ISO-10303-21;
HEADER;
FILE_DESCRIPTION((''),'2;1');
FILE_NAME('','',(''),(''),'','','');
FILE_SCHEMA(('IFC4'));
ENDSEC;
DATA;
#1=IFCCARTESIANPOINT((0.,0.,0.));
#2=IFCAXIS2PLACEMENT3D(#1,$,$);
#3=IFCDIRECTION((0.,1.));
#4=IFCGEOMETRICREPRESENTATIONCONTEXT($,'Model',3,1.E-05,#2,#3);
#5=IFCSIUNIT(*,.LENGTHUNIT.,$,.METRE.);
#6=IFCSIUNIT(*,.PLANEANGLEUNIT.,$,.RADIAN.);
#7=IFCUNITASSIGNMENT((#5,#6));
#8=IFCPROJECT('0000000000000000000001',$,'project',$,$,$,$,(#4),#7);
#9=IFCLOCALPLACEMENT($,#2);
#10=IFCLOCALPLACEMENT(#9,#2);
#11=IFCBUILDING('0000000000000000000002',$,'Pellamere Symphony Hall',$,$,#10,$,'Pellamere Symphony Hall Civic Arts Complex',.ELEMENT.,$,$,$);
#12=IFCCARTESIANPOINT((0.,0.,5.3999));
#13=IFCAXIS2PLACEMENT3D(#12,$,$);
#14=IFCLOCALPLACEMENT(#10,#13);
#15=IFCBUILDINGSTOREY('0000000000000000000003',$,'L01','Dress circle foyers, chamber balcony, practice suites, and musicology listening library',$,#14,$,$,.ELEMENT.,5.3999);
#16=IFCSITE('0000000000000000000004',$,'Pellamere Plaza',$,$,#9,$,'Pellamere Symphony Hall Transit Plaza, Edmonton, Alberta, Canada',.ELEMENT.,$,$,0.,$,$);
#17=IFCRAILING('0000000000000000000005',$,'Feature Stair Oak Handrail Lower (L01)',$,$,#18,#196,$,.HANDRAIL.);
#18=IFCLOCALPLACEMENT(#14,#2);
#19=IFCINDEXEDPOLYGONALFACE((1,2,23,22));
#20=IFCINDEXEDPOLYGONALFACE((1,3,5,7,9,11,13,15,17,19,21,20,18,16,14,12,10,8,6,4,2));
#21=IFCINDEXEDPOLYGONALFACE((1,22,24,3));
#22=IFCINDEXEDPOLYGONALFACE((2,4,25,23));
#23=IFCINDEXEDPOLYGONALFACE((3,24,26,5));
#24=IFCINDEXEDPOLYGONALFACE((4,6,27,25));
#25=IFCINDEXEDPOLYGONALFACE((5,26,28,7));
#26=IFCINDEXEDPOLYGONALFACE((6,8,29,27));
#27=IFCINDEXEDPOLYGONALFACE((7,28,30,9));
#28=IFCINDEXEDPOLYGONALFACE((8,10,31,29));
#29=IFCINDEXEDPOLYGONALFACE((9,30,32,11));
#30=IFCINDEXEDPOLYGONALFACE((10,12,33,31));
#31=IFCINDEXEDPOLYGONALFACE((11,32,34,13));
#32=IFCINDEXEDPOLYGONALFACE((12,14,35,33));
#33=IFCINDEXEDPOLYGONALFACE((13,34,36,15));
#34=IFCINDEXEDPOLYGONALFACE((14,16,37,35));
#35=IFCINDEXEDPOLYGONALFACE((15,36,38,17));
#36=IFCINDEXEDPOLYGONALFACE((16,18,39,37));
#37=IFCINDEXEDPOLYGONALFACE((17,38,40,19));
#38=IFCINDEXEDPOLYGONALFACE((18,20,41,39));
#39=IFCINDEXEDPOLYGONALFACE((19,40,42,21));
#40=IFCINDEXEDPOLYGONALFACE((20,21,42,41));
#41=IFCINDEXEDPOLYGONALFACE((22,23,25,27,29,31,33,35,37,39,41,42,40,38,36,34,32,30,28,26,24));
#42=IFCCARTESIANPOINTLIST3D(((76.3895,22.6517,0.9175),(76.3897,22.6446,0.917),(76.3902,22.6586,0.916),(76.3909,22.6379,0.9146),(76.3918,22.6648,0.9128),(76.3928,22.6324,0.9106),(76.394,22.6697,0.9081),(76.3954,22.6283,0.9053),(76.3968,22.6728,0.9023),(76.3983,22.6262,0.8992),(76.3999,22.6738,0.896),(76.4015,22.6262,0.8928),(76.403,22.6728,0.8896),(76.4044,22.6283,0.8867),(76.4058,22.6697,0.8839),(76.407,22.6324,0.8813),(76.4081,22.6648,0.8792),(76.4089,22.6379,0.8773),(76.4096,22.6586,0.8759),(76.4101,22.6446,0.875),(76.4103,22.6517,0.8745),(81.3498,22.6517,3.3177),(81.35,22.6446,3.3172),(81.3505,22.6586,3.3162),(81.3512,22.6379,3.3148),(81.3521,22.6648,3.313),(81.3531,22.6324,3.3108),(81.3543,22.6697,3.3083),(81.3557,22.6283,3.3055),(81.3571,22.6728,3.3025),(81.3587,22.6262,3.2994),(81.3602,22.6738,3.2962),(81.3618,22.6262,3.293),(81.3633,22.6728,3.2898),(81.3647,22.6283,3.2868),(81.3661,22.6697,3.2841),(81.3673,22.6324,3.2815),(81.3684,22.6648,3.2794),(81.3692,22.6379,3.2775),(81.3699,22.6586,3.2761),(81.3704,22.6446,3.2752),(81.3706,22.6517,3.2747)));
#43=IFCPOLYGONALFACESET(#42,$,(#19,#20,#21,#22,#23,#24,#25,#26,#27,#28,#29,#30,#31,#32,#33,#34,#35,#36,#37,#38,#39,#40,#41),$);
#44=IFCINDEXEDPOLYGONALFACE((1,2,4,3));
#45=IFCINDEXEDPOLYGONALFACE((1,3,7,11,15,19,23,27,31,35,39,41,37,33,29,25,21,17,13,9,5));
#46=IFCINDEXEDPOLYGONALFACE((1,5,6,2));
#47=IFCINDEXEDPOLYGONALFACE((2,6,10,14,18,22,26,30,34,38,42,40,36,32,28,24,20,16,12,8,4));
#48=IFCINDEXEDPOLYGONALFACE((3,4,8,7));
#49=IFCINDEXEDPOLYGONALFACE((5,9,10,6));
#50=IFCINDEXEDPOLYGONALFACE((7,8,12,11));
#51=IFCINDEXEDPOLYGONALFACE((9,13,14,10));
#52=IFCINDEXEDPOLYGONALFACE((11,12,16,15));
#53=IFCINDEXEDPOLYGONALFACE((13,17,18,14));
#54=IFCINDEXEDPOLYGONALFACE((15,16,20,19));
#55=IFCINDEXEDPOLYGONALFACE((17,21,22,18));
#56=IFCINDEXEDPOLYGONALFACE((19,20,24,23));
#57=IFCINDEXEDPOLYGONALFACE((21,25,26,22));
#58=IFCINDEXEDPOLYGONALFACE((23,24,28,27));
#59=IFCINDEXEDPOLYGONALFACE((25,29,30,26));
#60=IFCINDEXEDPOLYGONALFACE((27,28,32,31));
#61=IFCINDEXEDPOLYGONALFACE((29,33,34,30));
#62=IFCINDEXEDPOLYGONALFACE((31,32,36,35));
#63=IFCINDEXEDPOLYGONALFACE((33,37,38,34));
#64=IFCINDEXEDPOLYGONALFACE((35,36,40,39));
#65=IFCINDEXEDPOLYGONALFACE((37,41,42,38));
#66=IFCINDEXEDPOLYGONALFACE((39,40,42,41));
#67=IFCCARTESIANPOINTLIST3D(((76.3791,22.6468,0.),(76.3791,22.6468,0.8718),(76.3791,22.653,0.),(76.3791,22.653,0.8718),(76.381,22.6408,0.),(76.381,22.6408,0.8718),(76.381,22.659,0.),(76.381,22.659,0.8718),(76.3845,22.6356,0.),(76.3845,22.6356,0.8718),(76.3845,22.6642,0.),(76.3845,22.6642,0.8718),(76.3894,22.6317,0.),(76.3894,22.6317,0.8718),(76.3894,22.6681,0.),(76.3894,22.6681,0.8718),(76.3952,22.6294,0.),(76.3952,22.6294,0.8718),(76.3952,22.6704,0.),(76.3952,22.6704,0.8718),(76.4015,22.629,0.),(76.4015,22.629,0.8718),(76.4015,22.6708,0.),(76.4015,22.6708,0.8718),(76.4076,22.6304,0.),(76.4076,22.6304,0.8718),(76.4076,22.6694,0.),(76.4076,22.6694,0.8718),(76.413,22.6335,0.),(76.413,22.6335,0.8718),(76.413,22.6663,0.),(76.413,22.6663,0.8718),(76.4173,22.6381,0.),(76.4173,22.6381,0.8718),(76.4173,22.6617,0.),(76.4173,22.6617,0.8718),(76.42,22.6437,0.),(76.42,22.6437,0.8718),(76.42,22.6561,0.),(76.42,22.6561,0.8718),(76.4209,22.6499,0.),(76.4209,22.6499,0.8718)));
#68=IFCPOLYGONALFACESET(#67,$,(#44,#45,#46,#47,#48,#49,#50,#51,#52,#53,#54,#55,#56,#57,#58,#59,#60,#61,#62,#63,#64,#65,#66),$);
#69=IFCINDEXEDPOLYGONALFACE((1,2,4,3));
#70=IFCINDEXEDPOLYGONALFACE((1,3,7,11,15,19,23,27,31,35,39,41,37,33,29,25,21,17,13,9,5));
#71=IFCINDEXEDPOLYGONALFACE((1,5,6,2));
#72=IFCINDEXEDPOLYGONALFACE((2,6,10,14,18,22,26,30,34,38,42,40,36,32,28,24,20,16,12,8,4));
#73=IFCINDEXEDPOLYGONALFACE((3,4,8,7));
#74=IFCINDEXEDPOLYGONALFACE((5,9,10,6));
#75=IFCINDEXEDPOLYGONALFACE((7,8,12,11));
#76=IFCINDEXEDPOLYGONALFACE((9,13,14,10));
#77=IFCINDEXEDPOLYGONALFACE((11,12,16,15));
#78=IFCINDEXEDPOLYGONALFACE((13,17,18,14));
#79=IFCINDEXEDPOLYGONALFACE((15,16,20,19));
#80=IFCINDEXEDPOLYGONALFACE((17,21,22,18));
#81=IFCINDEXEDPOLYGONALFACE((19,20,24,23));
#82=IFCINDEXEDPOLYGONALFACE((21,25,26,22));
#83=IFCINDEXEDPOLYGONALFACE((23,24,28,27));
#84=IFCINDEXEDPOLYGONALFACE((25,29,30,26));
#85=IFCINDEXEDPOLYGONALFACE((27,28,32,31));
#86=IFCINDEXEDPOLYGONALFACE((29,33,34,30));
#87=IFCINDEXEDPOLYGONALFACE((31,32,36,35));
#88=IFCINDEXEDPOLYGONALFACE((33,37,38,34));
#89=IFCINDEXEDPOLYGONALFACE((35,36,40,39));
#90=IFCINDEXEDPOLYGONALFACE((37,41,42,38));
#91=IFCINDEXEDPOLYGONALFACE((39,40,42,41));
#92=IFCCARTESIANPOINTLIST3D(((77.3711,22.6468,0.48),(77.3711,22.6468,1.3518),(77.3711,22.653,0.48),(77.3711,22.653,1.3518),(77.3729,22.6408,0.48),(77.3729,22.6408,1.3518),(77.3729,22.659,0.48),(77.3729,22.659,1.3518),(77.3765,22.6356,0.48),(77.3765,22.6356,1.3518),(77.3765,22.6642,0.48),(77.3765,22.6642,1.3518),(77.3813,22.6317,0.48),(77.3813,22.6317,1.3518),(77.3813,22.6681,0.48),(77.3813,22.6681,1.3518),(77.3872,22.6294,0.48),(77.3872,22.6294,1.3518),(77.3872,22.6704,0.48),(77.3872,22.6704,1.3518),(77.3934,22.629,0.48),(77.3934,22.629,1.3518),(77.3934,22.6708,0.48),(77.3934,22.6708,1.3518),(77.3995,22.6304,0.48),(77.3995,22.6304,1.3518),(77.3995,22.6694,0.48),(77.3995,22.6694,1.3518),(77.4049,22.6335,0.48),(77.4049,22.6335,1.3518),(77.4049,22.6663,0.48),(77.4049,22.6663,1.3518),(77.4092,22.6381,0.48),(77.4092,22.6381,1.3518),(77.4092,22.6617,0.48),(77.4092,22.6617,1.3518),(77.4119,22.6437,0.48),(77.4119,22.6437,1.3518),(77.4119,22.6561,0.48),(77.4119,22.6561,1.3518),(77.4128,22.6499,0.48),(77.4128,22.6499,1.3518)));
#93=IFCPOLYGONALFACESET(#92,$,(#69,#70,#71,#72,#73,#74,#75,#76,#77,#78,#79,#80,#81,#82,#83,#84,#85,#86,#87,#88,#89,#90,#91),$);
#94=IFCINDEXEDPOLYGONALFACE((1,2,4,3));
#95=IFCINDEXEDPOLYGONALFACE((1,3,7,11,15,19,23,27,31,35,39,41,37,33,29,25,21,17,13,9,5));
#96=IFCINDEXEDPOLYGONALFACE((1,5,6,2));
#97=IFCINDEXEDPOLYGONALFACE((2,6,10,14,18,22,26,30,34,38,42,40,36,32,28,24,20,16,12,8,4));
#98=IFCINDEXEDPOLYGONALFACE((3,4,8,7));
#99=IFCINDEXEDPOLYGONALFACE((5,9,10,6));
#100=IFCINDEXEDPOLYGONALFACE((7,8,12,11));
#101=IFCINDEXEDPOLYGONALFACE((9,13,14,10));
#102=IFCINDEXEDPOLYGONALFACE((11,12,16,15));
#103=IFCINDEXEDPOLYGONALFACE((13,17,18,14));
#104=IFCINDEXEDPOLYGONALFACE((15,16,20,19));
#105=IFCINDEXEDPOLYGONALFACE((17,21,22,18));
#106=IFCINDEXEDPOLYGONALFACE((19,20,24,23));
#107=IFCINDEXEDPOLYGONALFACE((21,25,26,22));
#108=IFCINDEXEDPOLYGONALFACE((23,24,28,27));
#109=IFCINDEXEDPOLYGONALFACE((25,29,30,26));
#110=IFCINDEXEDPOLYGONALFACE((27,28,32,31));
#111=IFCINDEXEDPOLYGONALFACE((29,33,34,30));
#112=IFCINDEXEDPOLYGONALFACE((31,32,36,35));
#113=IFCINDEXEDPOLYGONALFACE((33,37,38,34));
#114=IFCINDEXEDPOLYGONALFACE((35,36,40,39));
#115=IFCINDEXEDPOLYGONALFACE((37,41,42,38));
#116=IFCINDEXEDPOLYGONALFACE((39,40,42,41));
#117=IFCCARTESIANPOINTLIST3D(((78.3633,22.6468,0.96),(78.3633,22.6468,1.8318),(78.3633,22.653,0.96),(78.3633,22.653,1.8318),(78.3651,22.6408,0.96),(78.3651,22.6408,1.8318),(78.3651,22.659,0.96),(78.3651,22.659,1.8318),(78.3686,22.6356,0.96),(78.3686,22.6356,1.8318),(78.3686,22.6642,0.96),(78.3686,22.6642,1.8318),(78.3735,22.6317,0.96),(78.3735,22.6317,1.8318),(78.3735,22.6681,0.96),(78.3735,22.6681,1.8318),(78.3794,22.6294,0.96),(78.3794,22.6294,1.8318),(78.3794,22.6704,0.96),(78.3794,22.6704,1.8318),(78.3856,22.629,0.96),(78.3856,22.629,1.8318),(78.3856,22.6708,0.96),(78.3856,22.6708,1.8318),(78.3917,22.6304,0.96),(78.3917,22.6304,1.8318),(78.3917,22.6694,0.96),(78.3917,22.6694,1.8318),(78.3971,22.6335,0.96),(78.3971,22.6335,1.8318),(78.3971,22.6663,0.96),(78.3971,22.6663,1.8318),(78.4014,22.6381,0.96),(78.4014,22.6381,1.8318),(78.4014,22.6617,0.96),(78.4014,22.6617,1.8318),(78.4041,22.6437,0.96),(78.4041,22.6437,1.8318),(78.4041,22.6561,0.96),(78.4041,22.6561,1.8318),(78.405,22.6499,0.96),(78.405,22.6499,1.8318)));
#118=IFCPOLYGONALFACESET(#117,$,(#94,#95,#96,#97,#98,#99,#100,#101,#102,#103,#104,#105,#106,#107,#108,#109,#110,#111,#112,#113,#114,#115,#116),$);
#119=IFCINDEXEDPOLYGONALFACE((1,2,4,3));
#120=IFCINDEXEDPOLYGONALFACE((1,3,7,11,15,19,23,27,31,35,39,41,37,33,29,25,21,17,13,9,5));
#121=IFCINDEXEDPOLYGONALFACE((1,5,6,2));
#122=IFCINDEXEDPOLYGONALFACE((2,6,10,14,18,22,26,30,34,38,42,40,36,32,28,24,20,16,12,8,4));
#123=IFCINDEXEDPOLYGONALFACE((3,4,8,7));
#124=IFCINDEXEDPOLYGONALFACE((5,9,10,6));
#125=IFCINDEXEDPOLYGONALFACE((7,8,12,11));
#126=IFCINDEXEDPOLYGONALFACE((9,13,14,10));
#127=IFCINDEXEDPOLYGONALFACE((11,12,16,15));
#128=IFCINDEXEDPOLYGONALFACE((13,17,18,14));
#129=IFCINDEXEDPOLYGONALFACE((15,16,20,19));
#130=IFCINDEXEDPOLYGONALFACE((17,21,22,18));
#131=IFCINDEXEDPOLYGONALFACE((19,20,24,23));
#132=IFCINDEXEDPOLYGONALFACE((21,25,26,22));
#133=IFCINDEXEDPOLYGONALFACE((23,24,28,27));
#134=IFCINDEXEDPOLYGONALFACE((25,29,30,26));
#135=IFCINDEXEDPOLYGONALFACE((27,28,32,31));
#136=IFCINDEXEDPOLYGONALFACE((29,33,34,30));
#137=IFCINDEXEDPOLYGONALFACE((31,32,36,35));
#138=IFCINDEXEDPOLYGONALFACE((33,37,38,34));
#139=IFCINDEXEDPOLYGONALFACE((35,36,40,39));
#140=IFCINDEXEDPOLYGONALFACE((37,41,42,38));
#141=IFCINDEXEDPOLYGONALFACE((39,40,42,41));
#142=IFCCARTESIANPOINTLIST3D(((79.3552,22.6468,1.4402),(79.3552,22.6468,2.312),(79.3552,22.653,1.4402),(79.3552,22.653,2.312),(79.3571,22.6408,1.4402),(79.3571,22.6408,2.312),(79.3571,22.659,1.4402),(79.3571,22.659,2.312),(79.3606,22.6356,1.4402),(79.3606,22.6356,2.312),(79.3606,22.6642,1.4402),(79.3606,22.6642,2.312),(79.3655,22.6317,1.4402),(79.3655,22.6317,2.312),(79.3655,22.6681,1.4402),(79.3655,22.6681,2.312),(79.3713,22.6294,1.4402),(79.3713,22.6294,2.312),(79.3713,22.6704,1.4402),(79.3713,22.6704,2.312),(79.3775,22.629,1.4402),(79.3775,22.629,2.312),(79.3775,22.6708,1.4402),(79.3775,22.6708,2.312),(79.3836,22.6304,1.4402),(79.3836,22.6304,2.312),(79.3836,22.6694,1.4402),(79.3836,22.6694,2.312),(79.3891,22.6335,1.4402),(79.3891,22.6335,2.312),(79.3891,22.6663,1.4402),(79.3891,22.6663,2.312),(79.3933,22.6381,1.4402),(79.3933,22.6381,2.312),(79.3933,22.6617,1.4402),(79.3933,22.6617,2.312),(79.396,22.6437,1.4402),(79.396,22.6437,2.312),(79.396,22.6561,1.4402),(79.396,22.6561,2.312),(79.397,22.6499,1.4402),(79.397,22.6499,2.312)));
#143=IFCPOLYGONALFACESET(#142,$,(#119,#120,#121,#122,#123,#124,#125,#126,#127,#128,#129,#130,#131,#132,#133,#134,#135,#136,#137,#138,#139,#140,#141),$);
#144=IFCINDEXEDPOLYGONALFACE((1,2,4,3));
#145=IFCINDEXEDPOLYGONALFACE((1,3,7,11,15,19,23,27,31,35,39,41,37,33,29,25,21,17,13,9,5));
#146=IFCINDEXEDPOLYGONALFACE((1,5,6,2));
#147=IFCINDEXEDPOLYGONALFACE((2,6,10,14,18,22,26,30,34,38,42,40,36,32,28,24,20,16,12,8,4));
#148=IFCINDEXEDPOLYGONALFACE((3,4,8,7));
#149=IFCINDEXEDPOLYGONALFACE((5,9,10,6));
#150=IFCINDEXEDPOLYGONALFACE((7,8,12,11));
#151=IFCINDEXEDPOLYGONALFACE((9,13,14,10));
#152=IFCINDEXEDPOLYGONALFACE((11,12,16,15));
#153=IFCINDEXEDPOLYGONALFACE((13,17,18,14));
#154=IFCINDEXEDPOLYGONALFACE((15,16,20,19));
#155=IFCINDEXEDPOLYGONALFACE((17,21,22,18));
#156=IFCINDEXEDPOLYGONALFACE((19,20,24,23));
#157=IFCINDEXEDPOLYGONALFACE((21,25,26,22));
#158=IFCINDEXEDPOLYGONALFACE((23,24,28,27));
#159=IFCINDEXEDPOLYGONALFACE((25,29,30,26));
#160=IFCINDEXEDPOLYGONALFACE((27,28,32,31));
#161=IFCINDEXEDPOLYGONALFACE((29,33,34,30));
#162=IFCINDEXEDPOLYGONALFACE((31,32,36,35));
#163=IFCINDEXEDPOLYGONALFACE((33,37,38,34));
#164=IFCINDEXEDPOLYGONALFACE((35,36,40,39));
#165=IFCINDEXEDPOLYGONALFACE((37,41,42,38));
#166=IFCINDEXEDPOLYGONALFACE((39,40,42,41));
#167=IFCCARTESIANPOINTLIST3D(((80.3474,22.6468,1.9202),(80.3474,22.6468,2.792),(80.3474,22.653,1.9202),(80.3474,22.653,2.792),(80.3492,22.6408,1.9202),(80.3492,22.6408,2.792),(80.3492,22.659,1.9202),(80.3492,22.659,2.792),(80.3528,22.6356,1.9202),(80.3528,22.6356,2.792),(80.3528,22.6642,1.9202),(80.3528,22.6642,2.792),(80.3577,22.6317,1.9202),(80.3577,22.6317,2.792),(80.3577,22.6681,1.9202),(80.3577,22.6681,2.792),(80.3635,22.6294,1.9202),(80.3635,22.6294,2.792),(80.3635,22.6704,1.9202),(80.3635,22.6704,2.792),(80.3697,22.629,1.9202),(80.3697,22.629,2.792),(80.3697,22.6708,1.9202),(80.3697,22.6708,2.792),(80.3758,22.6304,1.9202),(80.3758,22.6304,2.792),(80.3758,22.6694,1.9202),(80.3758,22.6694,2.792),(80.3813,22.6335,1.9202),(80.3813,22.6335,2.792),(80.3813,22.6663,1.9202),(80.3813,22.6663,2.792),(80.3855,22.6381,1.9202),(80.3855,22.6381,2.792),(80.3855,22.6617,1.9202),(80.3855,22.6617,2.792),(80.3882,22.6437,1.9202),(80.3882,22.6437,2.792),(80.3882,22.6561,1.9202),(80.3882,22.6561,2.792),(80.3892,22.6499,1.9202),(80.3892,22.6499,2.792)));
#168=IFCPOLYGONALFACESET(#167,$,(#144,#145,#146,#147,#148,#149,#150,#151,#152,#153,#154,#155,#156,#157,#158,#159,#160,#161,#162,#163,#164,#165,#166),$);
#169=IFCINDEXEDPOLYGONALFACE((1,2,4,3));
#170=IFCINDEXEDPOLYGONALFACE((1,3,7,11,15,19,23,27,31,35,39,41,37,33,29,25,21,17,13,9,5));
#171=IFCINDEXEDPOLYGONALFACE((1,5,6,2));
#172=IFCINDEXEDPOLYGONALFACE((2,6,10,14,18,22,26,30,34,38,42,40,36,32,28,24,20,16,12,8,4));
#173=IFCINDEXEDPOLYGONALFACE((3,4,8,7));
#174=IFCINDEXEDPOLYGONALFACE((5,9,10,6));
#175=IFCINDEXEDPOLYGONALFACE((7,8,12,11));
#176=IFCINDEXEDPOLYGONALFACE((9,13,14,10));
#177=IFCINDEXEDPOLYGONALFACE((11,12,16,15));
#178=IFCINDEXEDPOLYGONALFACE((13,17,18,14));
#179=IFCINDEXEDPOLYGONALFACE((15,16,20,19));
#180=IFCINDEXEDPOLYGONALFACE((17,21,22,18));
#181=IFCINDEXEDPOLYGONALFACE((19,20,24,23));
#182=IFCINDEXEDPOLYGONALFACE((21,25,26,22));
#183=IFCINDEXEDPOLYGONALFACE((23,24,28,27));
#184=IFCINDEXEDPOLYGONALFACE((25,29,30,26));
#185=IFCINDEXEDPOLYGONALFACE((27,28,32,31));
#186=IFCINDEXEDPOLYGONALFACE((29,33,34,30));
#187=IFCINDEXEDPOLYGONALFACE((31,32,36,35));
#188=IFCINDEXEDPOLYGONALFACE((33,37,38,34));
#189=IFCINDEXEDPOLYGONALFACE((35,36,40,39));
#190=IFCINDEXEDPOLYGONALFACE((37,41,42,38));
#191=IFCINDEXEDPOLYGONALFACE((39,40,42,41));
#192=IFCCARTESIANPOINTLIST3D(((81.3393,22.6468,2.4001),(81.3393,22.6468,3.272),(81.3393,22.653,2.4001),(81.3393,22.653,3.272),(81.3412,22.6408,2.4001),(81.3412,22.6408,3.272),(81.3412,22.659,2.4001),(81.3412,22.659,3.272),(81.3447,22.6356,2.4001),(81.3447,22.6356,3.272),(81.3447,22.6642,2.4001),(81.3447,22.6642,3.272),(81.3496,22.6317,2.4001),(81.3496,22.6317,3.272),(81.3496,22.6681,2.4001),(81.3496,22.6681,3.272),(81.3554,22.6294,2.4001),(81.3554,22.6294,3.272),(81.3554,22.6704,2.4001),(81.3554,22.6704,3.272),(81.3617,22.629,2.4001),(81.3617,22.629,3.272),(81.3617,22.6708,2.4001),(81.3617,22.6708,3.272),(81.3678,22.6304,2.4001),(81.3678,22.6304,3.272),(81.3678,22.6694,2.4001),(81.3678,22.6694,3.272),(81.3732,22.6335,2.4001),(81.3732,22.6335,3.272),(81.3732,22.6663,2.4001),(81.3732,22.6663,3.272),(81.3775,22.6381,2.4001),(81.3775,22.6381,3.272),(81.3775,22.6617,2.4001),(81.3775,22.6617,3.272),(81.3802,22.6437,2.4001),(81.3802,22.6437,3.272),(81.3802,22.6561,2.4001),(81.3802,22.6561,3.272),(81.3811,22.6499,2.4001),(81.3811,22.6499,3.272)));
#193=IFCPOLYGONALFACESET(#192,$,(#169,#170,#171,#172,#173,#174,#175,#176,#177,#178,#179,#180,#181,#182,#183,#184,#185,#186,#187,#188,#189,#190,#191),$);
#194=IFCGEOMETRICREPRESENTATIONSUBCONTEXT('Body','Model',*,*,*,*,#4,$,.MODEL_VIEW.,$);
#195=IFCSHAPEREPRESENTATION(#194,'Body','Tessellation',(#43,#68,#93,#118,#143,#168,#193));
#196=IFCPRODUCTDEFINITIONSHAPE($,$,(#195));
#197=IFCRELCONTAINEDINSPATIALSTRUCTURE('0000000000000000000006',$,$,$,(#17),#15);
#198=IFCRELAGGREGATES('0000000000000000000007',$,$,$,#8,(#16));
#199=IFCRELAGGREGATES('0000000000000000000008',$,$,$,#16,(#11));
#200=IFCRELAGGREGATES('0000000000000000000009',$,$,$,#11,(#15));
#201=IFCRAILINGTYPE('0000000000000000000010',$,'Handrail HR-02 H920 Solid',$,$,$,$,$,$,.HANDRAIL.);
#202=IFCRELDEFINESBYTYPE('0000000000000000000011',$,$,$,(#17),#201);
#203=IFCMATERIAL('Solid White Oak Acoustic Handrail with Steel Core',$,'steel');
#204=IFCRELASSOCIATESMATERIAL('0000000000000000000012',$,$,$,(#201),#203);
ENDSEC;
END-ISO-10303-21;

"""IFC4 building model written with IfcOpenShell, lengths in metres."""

from ifc_helpers import new_model, si_unit, direction, frame, origin, origin_2d, place, context, subcontext, project, spatial, circle, extrude, material, type_object, element, save


model = new_model("IFC4")

# Units and contexts
model_context = context("Model", 3, precision=1e-05, world=origin(), true_north=direction((0.0, 1.0)))
body_context = subcontext(model_context, "Body", "Model", "MODEL_VIEW")
ifc_project = project(units=[si_unit("LENGTHUNIT", "METRE"), si_unit("PLANEANGLEUNIT", "RADIAN")], contexts=[model_context])

# Site, building, storey
site_placement = place(None, origin())
site = spatial("IfcSite", under=ifc_project, at=site_placement, Name="Pellamere Plaza", LongName="Pellamere Symphony Hall Transit Plaza, Edmonton, Alberta, Canada", CompositionType="ELEMENT", RefElevation=0.0)
building_placement = place(site_placement, origin())
building = spatial("IfcBuilding", under=site, at=building_placement, Name="Pellamere Symphony Hall", LongName="Pellamere Symphony Hall Civic Arts Complex", CompositionType="ELEMENT")
storey_placement = place(building_placement, frame((0.0, 0.0, 5.3999)))
storey = spatial("IfcBuildingStorey", under=building, at=storey_placement, Name="L01", Description="Dress circle foyers, chamber balcony, practice suites, and musicology listening library", CompositionType="ELEMENT", Elevation=5.3999)

# Railing
ifc_material_1 = material(Name="Solid White Oak Acoustic Handrail with Steel Core", Category="steel")
railing_type_1 = type_object("IfcRailingType", Name="Handrail HR-02 H920 Solid", PredefinedType="HANDRAIL", material=ifc_material_1)
railing_1_placement = place(storey_placement, frame((76.3999, 22.6499, 0.0)))
element("IfcRailing", 1, at=railing_1_placement, inside=storey, type_object=railing_type_1, Name="Feature Stair Oak Handrail Lower (L01)", PredefinedType="HANDRAIL", context=body_context, shape_type="SweptSolid", body=[
    extrude(circle(Radius=0.0239, at=origin_2d()), frame((0.0, 0.0, 0.896), z_axis=(0.900156, 0.0, 0.435568), x_axis=(0.0, 1.0, 0.0)), (0.0, 0.0, 1.0), 5.5105),
    extrude(circle(Radius=0.021, at=origin_2d()), origin(), (0.0, 0.0, 1.0), 0.8718),
    extrude(circle(Radius=0.021, at=origin_2d()), frame((0.9919, 0.0, 0.48)), (0.0, 0.0, 1.0), 0.8718),
    extrude(circle(Radius=0.021, at=origin_2d()), frame((1.9841, 0.0, 0.96)), (0.0, 0.0, 1.0), 0.8718),
    extrude(circle(Radius=0.021, at=origin_2d()), frame((2.9761, 0.0, 1.4402)), (0.0, 0.0, 1.0), 0.8718),
    extrude(circle(Radius=0.021, at=origin_2d()), frame((3.9683, 0.0, 1.9202)), (0.0, 0.0, 1.0), 0.8718),
    extrude(circle(Radius=0.021, at=origin_2d()), frame((4.9602, 0.0, 2.4001)), (0.0, 0.0, 1.0), 0.8718),
])

save(model, "model.ifc")
